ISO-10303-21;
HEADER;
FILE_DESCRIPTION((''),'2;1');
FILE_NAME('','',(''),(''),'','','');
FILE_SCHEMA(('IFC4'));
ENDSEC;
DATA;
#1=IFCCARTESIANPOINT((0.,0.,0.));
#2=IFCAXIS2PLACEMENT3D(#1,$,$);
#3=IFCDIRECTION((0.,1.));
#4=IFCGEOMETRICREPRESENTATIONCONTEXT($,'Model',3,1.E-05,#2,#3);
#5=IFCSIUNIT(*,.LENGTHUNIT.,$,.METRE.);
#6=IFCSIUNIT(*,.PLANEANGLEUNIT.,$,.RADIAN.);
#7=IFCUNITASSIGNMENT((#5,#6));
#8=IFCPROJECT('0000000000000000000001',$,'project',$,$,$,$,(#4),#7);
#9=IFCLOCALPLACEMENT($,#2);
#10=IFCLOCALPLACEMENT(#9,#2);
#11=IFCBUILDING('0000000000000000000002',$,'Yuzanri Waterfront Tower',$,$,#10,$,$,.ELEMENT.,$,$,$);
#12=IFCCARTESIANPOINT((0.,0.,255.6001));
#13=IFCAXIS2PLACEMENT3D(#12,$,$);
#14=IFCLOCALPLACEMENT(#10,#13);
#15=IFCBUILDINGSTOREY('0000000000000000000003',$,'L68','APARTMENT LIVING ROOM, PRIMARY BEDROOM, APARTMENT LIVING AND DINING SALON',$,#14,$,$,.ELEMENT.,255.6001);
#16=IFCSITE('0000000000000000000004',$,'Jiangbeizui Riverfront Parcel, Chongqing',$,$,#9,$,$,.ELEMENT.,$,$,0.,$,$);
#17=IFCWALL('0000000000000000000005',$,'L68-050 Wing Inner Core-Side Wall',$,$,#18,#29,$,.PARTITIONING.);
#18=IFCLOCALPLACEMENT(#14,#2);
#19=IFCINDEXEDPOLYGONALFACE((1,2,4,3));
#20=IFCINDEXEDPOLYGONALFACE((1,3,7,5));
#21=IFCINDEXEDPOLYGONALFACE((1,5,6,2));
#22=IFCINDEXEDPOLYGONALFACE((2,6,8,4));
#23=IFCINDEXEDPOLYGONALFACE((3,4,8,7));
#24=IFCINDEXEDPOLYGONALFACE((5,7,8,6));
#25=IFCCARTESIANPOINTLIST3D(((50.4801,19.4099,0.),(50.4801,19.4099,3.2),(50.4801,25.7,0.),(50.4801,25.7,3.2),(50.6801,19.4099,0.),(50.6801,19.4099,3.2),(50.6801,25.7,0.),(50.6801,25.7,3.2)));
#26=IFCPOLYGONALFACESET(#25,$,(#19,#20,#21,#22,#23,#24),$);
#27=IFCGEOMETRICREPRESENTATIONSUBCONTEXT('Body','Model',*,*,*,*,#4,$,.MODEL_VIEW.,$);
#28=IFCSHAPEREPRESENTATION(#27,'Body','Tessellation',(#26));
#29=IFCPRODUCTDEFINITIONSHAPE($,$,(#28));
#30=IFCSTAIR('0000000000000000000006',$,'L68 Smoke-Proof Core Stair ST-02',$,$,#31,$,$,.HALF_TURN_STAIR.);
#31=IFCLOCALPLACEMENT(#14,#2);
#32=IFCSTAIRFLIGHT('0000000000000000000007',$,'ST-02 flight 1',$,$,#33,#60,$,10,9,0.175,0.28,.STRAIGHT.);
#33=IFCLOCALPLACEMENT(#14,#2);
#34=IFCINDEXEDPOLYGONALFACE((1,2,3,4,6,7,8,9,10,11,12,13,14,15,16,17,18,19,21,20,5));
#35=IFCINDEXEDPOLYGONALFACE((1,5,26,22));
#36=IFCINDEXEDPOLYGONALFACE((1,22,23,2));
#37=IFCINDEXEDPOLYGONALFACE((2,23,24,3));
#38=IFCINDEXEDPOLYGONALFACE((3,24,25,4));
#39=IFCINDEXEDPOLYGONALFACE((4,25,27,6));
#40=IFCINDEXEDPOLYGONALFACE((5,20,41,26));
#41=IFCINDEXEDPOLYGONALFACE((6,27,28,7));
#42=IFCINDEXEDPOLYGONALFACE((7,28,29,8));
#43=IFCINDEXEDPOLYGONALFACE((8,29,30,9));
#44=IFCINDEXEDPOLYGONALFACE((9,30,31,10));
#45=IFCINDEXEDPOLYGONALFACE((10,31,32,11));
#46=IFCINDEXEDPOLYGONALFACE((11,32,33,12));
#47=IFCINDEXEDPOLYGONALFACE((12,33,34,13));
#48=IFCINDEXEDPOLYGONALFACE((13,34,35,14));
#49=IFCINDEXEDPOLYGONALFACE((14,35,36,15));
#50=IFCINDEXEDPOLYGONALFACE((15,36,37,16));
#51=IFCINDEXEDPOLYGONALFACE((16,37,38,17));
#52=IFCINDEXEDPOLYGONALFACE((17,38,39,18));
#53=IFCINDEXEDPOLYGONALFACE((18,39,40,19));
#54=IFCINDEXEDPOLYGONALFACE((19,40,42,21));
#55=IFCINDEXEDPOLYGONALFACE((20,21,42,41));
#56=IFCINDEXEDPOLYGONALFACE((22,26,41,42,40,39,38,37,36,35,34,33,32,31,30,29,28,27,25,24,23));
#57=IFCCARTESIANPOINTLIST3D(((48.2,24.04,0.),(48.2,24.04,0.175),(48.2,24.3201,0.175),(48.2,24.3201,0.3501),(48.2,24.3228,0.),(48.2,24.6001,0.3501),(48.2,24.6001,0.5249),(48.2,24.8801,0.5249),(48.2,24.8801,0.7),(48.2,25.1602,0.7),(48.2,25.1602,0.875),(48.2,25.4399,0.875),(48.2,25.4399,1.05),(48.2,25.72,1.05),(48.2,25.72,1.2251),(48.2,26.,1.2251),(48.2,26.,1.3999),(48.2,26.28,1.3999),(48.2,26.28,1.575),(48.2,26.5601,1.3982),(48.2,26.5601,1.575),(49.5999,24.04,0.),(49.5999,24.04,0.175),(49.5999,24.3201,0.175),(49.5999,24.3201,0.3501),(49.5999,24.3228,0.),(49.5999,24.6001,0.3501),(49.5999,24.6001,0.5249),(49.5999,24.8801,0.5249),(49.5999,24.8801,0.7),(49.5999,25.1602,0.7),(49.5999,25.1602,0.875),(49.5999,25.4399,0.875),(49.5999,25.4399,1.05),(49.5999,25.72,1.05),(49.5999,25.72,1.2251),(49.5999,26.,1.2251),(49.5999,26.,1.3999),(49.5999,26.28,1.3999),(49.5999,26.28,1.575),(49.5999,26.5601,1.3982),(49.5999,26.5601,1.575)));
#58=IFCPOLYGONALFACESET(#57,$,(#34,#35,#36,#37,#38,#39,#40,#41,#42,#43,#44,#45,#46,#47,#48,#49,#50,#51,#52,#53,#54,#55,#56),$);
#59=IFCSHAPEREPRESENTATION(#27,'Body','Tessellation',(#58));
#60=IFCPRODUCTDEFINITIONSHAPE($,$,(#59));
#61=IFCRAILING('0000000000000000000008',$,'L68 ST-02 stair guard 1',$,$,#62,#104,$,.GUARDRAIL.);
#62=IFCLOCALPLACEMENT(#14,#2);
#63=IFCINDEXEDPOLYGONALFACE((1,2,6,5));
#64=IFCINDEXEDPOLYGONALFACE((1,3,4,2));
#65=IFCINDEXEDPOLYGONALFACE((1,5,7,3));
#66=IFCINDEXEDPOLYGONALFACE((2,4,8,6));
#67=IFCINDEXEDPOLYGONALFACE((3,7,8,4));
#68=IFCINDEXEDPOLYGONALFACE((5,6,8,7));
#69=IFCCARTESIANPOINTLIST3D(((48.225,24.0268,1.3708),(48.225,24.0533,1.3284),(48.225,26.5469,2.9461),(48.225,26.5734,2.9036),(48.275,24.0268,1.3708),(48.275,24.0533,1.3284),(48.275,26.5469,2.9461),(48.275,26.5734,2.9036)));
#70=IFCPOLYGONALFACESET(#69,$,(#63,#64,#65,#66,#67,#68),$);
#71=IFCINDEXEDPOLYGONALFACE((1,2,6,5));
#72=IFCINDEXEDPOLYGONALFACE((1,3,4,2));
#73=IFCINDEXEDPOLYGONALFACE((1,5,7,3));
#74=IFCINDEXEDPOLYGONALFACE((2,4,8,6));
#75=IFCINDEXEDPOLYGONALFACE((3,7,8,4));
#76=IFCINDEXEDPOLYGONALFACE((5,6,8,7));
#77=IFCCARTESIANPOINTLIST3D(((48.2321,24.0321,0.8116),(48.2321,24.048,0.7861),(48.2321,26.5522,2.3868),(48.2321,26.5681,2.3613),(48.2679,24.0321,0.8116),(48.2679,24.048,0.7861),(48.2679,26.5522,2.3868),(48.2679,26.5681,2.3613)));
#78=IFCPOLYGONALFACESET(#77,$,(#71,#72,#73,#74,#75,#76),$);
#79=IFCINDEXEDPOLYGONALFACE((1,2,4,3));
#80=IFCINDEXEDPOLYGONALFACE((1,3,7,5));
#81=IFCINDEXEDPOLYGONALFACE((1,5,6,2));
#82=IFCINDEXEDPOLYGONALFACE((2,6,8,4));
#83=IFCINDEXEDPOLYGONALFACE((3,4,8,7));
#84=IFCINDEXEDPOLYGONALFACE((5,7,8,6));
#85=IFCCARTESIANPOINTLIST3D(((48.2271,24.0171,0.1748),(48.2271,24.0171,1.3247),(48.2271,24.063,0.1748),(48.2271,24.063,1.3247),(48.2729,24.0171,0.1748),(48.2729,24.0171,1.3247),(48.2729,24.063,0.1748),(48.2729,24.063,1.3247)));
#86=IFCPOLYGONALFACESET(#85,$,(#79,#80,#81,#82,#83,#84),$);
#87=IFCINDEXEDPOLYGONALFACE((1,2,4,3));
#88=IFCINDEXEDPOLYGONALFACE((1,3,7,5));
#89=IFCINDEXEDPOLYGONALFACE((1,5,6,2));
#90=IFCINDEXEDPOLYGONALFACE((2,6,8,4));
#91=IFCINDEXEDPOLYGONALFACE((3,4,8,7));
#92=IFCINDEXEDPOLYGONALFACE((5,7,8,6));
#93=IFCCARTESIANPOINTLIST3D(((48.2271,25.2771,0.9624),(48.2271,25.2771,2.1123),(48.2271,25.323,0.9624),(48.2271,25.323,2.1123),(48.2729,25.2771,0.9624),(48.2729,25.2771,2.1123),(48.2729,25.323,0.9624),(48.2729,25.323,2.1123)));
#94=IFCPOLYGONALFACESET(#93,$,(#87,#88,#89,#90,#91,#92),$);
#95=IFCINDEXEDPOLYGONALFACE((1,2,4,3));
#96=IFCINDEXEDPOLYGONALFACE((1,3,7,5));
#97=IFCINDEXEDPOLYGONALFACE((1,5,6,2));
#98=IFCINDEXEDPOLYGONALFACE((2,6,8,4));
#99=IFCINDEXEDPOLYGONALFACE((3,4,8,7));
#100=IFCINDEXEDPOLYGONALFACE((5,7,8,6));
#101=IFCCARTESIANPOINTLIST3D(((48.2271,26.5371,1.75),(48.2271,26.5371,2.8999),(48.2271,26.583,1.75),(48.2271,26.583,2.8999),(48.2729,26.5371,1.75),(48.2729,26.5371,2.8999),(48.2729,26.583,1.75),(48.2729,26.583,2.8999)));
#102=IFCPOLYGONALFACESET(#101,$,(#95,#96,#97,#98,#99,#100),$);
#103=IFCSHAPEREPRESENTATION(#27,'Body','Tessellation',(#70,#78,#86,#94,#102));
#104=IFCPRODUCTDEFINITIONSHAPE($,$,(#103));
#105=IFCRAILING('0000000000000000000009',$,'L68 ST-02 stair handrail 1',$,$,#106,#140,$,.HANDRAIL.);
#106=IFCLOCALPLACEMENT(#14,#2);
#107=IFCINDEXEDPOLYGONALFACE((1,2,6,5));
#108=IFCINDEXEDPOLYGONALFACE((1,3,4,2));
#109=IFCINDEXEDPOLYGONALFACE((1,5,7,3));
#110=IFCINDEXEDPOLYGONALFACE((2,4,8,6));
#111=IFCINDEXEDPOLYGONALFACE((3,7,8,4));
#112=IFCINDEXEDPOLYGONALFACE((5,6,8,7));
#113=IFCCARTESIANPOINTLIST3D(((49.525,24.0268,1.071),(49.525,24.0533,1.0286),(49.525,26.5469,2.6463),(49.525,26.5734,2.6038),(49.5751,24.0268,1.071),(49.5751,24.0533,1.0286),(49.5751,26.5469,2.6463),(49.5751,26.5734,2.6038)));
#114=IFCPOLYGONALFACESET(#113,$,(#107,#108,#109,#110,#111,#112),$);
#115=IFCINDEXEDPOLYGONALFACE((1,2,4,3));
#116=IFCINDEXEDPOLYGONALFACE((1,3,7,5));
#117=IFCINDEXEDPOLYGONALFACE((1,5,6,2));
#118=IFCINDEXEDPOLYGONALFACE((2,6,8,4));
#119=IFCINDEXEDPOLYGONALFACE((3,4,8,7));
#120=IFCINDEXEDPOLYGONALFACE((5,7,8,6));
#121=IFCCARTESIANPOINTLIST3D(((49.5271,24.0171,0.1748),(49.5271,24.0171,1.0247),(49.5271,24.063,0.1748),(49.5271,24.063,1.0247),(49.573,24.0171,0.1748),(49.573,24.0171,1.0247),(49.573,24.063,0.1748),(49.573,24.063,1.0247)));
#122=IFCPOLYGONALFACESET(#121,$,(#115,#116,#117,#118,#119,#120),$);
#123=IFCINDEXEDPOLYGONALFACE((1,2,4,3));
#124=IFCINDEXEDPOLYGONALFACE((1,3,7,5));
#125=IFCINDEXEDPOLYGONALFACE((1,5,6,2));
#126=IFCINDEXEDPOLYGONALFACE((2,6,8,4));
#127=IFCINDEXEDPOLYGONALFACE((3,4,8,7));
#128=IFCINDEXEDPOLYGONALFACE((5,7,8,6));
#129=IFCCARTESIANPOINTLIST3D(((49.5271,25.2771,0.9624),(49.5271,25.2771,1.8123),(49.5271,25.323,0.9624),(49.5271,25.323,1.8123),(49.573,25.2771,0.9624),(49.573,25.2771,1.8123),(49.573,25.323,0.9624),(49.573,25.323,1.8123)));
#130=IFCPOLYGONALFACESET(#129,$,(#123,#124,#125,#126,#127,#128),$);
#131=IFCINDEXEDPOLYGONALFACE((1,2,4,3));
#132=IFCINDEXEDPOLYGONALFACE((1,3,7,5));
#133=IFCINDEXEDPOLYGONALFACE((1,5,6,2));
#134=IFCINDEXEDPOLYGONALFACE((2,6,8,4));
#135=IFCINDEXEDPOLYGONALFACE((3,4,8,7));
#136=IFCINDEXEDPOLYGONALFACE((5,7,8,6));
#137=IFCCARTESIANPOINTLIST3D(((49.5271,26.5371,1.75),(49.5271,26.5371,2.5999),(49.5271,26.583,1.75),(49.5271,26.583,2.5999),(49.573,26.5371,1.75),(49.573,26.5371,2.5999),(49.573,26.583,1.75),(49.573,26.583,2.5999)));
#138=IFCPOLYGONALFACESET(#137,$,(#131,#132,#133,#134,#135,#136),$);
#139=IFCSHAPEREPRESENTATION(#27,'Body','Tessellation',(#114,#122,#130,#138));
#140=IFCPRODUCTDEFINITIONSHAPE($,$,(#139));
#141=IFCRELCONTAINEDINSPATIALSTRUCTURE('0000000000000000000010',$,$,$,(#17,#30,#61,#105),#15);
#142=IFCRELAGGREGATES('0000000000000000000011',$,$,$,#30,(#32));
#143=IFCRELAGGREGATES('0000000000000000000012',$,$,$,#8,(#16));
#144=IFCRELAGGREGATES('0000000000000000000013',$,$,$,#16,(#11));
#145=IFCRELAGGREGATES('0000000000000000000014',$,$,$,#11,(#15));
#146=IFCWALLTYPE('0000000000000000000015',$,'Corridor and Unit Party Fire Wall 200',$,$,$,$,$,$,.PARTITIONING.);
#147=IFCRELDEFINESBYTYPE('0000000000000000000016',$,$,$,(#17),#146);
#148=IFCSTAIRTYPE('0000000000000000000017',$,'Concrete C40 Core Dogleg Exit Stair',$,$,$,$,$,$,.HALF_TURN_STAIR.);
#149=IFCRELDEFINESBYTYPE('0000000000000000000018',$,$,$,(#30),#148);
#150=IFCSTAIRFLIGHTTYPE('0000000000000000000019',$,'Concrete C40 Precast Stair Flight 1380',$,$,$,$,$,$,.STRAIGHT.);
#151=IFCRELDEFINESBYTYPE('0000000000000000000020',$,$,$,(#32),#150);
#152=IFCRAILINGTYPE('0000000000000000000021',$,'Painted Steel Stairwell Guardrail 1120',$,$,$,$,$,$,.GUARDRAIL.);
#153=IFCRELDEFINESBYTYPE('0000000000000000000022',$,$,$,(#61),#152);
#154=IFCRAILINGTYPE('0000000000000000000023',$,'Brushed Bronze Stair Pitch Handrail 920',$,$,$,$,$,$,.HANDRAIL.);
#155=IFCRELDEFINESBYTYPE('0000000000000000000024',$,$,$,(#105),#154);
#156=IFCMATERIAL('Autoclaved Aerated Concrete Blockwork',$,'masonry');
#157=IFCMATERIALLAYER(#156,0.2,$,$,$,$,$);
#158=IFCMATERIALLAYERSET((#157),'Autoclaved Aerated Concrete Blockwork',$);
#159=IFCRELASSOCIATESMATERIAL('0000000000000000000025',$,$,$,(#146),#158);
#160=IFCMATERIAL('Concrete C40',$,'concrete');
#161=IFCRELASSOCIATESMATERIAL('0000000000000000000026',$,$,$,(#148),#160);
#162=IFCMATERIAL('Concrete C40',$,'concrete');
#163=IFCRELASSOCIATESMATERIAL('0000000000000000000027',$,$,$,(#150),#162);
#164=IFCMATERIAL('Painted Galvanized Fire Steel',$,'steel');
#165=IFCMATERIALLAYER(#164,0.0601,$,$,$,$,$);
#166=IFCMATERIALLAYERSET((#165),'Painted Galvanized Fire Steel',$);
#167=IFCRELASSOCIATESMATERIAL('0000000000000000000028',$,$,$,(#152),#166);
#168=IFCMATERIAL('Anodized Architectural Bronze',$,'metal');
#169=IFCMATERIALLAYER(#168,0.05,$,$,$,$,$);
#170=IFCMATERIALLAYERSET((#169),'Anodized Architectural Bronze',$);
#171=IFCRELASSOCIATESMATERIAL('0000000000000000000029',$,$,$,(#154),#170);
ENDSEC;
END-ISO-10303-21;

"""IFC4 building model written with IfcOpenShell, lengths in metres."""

from ifc_helpers import new_model, si_unit, direction, frame, frame_2d, origin, origin_2d, place, context, subcontext, project, spatial, polyline, rectangle, outline, extrude, source, transform, mapped, material, layer, layer_set, type_object, element, aggregate, save


model = new_model("IFC4")

# Units and contexts
model_context = context("Model", 3, precision=1e-05, world=origin(), true_north=direction((0.0, 1.0)))
body_context = subcontext(model_context, "Body", "Model", "MODEL_VIEW")
ifc_project = project(units=[si_unit("LENGTHUNIT", "METRE"), si_unit("PLANEANGLEUNIT", "RADIAN")], contexts=[model_context])

# Site, building, storey
site_placement = place(None, origin())
site = spatial("IfcSite", under=ifc_project, at=site_placement, Name="Jiangbeizui Riverfront Parcel, Chongqing", CompositionType="ELEMENT", RefElevation=0.0)
building_placement = place(site_placement, origin())
building = spatial("IfcBuilding", under=site, at=building_placement, Name="Yuzanri Waterfront Tower", CompositionType="ELEMENT")
storey_placement = place(building_placement, frame((0.0, 0.0, 255.6001)))
storey = spatial("IfcBuildingStorey", under=building, at=storey_placement, Name="L68", Description="APARTMENT LIVING ROOM, PRIMARY BEDROOM, APARTMENT LIVING AND DINING SALON", CompositionType="ELEMENT", Elevation=255.6001)

# Shared definitions
ifc_material_1 = material(Name="Autoclaved Aerated Concrete Blockwork", Category="masonry")
ifc_layer_1 = layer(ifc_material_1, 0.2)
ifc_layer_set_1 = layer_set([ifc_layer_1], Name="Autoclaved Aerated Concrete Blockwork")
wall_type_1 = type_object("IfcWallType", Name="Corridor and Unit Party Fire Wall 200", PredefinedType="PARTITIONING", material=ifc_layer_set_1)

# Wall
shared_shape_1 = source(origin(), body_context, "Body", "SweptSolid", [
    extrude(rectangle(XDim=6.29, YDim=0.2, at=frame_2d((3.145, 0.0))), origin(), (0.0, 0.0, 1.0), 3.2),
])
wall_1_placement = place(storey_placement, frame((50.5801, 19.4099, 0.0), z_axis=(0.0, 0.0, 1.0), x_axis=(0.0, 1.0, 0.0)))
element("IfcWall", 1, at=wall_1_placement, inside=storey, type_object=wall_type_1, Name="L68-050 Wing Inner Core-Side Wall", PredefinedType="PARTITIONING", context=body_context, shape_type="MappedRepresentation", body=[
    mapped(shared_shape_1, transform((0.0, 0.0, 0.0), scale=1.0)),
])

# Stair, stair flight
ifc_material_2 = material(Name="Concrete C40", Category="concrete")
stair_type = type_object("IfcStairType", Name="Concrete C40 Core Dogleg Exit Stair", PredefinedType="HALF_TURN_STAIR", material=ifc_material_2)
stair_placement = place(storey_placement, origin())
stair = element("IfcStair", 2, at=stair_placement, inside=storey, type_object=stair_type, Name="L68 Smoke-Proof Core Stair ST-02", PredefinedType="HALF_TURN_STAIR")
ifc_material_3 = material(Name="Concrete C40", Category="concrete")
stair_flight_type = type_object("IfcStairFlightType", Name="Concrete C40 Precast Stair Flight 1380", PredefinedType="STRAIGHT", material=ifc_material_3)
shared_shape_2 = source(origin(), body_context, "Body", "SweptSolid", [
    extrude(outline(polyline([(0.0, 0.0), (0.0, 0.175), (0.28, 0.175), (0.28, 0.3501), (0.5601, 0.3501), (0.5601, 0.5249), (0.8401, 0.5249), (0.8401, 0.7), (1.1201, 0.7), (1.1201, 0.875), (1.3999, 0.875), (1.3999, 1.05), (1.6799, 1.05), (1.6799, 1.2251), (1.96, 1.2251), (1.96, 1.3999), (2.24, 1.3999), (2.24, 1.575), (2.52, 1.575), (2.52, 1.75), (2.52, 1.3982), (0.2827, 0.0), (0.0, 0.0)])), frame((0.0, 0.7, 0.0), z_axis=(0.0, -1.0, 0.0), x_axis=(1.0, 0.0, 0.0)), (0.0, 0.0, 1.0), 1.3999),
])
stair_flight_placement = place(storey_placement, frame((48.8999, 24.04, 0.0), z_axis=(0.0, 0.0, 1.0), x_axis=(0.0, 1.0, 0.0)))
stair_flight = element("IfcStairFlight", 3, at=stair_flight_placement, type_object=stair_flight_type, Name="ST-02 flight 1", NumberOfRisers=10, NumberOfTreads=9, PredefinedType="STRAIGHT", RiserHeight=0.175, TreadLength=0.28, context=body_context, shape_type="MappedRepresentation", body=[
    mapped(shared_shape_2, transform((0.0, 0.0, 0.0), scale=1.0)),
])
aggregate(stair, [stair_flight])

# Railings
ifc_material_4 = material(Name="Painted Galvanized Fire Steel", Category="steel")
ifc_layer_2 = layer(ifc_material_4, 0.0601)
ifc_layer_set_2 = layer_set([ifc_layer_2], Name="Painted Galvanized Fire Steel")
railing_type_1 = type_object("IfcRailingType", Name="Painted Steel Stairwell Guardrail 1120", PredefinedType="GUARDRAIL", material=ifc_layer_set_2)
shared_shape_3 = source(origin(), body_context, "Body", "SweptSolid", [
    extrude(rectangle(XDim=0.05, YDim=0.05, at=origin_2d()), frame((0.0, 0.0, 1.1748), z_axis=(0.0, 0.847971, 0.530043), x_axis=(-1.0, 0.0, 0.0)), (0.0, 0.0, 1.0), 2.9719),
    extrude(rectangle(XDim=0.0359, YDim=0.03, at=origin_2d()), frame((0.0, 0.0, 0.624), z_axis=(0.0, 0.847971, 0.530043), x_axis=(-1.0, 0.0, 0.0)), (0.0, 0.0, 1.0), 2.9719),
    extrude(rectangle(XDim=0.0459, YDim=0.0459, at=origin_2d()), origin(), (0.0, 0.0, 1.0), 1.1499),
    extrude(rectangle(XDim=0.0459, YDim=0.0459, at=origin_2d()), frame((0.0, 1.26, 0.7876)), (0.0, 0.0, 1.0), 1.1499),
    extrude(rectangle(XDim=0.0459, YDim=0.0459, at=origin_2d()), frame((0.0, 2.52, 1.5752)), (0.0, 0.0, 1.0), 1.1499),
])
railing_1_placement = place(storey_placement, frame((48.25, 24.04, 0.1748)))
element("IfcRailing", 4, at=railing_1_placement, inside=storey, type_object=railing_type_1, Name="L68 ST-02 stair guard 1", PredefinedType="GUARDRAIL", context=body_context, shape_type="MappedRepresentation", body=[
    mapped(shared_shape_3, transform((0.0, 0.0, 0.0), scale=1.0)),
])
ifc_material_5 = material(Name="Anodized Architectural Bronze", Category="metal")
ifc_layer_3 = layer(ifc_material_5, 0.05)
ifc_layer_set_3 = layer_set([ifc_layer_3], Name="Anodized Architectural Bronze")
railing_type_2 = type_object("IfcRailingType", Name="Brushed Bronze Stair Pitch Handrail 920", PredefinedType="HANDRAIL", material=ifc_layer_set_3)
shared_shape_4 = source(origin(), body_context, "Body", "SweptSolid", [
    extrude(rectangle(XDim=0.05, YDim=0.05, at=origin_2d()), frame((0.0, 0.0, 0.875), z_axis=(0.0, 0.847971, 0.530043), x_axis=(-1.0, 0.0, 0.0)), (0.0, 0.0, 1.0), 2.9719),
    extrude(rectangle(XDim=0.0459, YDim=0.0459, at=origin_2d()), origin(), (0.0, 0.0, 1.0), 0.8499),
    extrude(rectangle(XDim=0.0459, YDim=0.0459, at=origin_2d()), frame((0.0, 1.26, 0.7876)), (0.0, 0.0, 1.0), 0.8499),
    extrude(rectangle(XDim=0.0459, YDim=0.0459, at=origin_2d()), frame((0.0, 2.52, 1.5752)), (0.0, 0.0, 1.0), 0.8499),
])
railing_2_placement = place(storey_placement, frame((49.55, 24.04, 0.1748)))
element("IfcRailing", 5, at=railing_2_placement, inside=storey, type_object=railing_type_2, Name="L68 ST-02 stair handrail 1", PredefinedType="HANDRAIL", context=body_context, shape_type="MappedRepresentation", body=[
    mapped(shared_shape_4, transform((0.0, 0.0, 0.0), scale=1.0)),
])

save(model, "model.ifc")
